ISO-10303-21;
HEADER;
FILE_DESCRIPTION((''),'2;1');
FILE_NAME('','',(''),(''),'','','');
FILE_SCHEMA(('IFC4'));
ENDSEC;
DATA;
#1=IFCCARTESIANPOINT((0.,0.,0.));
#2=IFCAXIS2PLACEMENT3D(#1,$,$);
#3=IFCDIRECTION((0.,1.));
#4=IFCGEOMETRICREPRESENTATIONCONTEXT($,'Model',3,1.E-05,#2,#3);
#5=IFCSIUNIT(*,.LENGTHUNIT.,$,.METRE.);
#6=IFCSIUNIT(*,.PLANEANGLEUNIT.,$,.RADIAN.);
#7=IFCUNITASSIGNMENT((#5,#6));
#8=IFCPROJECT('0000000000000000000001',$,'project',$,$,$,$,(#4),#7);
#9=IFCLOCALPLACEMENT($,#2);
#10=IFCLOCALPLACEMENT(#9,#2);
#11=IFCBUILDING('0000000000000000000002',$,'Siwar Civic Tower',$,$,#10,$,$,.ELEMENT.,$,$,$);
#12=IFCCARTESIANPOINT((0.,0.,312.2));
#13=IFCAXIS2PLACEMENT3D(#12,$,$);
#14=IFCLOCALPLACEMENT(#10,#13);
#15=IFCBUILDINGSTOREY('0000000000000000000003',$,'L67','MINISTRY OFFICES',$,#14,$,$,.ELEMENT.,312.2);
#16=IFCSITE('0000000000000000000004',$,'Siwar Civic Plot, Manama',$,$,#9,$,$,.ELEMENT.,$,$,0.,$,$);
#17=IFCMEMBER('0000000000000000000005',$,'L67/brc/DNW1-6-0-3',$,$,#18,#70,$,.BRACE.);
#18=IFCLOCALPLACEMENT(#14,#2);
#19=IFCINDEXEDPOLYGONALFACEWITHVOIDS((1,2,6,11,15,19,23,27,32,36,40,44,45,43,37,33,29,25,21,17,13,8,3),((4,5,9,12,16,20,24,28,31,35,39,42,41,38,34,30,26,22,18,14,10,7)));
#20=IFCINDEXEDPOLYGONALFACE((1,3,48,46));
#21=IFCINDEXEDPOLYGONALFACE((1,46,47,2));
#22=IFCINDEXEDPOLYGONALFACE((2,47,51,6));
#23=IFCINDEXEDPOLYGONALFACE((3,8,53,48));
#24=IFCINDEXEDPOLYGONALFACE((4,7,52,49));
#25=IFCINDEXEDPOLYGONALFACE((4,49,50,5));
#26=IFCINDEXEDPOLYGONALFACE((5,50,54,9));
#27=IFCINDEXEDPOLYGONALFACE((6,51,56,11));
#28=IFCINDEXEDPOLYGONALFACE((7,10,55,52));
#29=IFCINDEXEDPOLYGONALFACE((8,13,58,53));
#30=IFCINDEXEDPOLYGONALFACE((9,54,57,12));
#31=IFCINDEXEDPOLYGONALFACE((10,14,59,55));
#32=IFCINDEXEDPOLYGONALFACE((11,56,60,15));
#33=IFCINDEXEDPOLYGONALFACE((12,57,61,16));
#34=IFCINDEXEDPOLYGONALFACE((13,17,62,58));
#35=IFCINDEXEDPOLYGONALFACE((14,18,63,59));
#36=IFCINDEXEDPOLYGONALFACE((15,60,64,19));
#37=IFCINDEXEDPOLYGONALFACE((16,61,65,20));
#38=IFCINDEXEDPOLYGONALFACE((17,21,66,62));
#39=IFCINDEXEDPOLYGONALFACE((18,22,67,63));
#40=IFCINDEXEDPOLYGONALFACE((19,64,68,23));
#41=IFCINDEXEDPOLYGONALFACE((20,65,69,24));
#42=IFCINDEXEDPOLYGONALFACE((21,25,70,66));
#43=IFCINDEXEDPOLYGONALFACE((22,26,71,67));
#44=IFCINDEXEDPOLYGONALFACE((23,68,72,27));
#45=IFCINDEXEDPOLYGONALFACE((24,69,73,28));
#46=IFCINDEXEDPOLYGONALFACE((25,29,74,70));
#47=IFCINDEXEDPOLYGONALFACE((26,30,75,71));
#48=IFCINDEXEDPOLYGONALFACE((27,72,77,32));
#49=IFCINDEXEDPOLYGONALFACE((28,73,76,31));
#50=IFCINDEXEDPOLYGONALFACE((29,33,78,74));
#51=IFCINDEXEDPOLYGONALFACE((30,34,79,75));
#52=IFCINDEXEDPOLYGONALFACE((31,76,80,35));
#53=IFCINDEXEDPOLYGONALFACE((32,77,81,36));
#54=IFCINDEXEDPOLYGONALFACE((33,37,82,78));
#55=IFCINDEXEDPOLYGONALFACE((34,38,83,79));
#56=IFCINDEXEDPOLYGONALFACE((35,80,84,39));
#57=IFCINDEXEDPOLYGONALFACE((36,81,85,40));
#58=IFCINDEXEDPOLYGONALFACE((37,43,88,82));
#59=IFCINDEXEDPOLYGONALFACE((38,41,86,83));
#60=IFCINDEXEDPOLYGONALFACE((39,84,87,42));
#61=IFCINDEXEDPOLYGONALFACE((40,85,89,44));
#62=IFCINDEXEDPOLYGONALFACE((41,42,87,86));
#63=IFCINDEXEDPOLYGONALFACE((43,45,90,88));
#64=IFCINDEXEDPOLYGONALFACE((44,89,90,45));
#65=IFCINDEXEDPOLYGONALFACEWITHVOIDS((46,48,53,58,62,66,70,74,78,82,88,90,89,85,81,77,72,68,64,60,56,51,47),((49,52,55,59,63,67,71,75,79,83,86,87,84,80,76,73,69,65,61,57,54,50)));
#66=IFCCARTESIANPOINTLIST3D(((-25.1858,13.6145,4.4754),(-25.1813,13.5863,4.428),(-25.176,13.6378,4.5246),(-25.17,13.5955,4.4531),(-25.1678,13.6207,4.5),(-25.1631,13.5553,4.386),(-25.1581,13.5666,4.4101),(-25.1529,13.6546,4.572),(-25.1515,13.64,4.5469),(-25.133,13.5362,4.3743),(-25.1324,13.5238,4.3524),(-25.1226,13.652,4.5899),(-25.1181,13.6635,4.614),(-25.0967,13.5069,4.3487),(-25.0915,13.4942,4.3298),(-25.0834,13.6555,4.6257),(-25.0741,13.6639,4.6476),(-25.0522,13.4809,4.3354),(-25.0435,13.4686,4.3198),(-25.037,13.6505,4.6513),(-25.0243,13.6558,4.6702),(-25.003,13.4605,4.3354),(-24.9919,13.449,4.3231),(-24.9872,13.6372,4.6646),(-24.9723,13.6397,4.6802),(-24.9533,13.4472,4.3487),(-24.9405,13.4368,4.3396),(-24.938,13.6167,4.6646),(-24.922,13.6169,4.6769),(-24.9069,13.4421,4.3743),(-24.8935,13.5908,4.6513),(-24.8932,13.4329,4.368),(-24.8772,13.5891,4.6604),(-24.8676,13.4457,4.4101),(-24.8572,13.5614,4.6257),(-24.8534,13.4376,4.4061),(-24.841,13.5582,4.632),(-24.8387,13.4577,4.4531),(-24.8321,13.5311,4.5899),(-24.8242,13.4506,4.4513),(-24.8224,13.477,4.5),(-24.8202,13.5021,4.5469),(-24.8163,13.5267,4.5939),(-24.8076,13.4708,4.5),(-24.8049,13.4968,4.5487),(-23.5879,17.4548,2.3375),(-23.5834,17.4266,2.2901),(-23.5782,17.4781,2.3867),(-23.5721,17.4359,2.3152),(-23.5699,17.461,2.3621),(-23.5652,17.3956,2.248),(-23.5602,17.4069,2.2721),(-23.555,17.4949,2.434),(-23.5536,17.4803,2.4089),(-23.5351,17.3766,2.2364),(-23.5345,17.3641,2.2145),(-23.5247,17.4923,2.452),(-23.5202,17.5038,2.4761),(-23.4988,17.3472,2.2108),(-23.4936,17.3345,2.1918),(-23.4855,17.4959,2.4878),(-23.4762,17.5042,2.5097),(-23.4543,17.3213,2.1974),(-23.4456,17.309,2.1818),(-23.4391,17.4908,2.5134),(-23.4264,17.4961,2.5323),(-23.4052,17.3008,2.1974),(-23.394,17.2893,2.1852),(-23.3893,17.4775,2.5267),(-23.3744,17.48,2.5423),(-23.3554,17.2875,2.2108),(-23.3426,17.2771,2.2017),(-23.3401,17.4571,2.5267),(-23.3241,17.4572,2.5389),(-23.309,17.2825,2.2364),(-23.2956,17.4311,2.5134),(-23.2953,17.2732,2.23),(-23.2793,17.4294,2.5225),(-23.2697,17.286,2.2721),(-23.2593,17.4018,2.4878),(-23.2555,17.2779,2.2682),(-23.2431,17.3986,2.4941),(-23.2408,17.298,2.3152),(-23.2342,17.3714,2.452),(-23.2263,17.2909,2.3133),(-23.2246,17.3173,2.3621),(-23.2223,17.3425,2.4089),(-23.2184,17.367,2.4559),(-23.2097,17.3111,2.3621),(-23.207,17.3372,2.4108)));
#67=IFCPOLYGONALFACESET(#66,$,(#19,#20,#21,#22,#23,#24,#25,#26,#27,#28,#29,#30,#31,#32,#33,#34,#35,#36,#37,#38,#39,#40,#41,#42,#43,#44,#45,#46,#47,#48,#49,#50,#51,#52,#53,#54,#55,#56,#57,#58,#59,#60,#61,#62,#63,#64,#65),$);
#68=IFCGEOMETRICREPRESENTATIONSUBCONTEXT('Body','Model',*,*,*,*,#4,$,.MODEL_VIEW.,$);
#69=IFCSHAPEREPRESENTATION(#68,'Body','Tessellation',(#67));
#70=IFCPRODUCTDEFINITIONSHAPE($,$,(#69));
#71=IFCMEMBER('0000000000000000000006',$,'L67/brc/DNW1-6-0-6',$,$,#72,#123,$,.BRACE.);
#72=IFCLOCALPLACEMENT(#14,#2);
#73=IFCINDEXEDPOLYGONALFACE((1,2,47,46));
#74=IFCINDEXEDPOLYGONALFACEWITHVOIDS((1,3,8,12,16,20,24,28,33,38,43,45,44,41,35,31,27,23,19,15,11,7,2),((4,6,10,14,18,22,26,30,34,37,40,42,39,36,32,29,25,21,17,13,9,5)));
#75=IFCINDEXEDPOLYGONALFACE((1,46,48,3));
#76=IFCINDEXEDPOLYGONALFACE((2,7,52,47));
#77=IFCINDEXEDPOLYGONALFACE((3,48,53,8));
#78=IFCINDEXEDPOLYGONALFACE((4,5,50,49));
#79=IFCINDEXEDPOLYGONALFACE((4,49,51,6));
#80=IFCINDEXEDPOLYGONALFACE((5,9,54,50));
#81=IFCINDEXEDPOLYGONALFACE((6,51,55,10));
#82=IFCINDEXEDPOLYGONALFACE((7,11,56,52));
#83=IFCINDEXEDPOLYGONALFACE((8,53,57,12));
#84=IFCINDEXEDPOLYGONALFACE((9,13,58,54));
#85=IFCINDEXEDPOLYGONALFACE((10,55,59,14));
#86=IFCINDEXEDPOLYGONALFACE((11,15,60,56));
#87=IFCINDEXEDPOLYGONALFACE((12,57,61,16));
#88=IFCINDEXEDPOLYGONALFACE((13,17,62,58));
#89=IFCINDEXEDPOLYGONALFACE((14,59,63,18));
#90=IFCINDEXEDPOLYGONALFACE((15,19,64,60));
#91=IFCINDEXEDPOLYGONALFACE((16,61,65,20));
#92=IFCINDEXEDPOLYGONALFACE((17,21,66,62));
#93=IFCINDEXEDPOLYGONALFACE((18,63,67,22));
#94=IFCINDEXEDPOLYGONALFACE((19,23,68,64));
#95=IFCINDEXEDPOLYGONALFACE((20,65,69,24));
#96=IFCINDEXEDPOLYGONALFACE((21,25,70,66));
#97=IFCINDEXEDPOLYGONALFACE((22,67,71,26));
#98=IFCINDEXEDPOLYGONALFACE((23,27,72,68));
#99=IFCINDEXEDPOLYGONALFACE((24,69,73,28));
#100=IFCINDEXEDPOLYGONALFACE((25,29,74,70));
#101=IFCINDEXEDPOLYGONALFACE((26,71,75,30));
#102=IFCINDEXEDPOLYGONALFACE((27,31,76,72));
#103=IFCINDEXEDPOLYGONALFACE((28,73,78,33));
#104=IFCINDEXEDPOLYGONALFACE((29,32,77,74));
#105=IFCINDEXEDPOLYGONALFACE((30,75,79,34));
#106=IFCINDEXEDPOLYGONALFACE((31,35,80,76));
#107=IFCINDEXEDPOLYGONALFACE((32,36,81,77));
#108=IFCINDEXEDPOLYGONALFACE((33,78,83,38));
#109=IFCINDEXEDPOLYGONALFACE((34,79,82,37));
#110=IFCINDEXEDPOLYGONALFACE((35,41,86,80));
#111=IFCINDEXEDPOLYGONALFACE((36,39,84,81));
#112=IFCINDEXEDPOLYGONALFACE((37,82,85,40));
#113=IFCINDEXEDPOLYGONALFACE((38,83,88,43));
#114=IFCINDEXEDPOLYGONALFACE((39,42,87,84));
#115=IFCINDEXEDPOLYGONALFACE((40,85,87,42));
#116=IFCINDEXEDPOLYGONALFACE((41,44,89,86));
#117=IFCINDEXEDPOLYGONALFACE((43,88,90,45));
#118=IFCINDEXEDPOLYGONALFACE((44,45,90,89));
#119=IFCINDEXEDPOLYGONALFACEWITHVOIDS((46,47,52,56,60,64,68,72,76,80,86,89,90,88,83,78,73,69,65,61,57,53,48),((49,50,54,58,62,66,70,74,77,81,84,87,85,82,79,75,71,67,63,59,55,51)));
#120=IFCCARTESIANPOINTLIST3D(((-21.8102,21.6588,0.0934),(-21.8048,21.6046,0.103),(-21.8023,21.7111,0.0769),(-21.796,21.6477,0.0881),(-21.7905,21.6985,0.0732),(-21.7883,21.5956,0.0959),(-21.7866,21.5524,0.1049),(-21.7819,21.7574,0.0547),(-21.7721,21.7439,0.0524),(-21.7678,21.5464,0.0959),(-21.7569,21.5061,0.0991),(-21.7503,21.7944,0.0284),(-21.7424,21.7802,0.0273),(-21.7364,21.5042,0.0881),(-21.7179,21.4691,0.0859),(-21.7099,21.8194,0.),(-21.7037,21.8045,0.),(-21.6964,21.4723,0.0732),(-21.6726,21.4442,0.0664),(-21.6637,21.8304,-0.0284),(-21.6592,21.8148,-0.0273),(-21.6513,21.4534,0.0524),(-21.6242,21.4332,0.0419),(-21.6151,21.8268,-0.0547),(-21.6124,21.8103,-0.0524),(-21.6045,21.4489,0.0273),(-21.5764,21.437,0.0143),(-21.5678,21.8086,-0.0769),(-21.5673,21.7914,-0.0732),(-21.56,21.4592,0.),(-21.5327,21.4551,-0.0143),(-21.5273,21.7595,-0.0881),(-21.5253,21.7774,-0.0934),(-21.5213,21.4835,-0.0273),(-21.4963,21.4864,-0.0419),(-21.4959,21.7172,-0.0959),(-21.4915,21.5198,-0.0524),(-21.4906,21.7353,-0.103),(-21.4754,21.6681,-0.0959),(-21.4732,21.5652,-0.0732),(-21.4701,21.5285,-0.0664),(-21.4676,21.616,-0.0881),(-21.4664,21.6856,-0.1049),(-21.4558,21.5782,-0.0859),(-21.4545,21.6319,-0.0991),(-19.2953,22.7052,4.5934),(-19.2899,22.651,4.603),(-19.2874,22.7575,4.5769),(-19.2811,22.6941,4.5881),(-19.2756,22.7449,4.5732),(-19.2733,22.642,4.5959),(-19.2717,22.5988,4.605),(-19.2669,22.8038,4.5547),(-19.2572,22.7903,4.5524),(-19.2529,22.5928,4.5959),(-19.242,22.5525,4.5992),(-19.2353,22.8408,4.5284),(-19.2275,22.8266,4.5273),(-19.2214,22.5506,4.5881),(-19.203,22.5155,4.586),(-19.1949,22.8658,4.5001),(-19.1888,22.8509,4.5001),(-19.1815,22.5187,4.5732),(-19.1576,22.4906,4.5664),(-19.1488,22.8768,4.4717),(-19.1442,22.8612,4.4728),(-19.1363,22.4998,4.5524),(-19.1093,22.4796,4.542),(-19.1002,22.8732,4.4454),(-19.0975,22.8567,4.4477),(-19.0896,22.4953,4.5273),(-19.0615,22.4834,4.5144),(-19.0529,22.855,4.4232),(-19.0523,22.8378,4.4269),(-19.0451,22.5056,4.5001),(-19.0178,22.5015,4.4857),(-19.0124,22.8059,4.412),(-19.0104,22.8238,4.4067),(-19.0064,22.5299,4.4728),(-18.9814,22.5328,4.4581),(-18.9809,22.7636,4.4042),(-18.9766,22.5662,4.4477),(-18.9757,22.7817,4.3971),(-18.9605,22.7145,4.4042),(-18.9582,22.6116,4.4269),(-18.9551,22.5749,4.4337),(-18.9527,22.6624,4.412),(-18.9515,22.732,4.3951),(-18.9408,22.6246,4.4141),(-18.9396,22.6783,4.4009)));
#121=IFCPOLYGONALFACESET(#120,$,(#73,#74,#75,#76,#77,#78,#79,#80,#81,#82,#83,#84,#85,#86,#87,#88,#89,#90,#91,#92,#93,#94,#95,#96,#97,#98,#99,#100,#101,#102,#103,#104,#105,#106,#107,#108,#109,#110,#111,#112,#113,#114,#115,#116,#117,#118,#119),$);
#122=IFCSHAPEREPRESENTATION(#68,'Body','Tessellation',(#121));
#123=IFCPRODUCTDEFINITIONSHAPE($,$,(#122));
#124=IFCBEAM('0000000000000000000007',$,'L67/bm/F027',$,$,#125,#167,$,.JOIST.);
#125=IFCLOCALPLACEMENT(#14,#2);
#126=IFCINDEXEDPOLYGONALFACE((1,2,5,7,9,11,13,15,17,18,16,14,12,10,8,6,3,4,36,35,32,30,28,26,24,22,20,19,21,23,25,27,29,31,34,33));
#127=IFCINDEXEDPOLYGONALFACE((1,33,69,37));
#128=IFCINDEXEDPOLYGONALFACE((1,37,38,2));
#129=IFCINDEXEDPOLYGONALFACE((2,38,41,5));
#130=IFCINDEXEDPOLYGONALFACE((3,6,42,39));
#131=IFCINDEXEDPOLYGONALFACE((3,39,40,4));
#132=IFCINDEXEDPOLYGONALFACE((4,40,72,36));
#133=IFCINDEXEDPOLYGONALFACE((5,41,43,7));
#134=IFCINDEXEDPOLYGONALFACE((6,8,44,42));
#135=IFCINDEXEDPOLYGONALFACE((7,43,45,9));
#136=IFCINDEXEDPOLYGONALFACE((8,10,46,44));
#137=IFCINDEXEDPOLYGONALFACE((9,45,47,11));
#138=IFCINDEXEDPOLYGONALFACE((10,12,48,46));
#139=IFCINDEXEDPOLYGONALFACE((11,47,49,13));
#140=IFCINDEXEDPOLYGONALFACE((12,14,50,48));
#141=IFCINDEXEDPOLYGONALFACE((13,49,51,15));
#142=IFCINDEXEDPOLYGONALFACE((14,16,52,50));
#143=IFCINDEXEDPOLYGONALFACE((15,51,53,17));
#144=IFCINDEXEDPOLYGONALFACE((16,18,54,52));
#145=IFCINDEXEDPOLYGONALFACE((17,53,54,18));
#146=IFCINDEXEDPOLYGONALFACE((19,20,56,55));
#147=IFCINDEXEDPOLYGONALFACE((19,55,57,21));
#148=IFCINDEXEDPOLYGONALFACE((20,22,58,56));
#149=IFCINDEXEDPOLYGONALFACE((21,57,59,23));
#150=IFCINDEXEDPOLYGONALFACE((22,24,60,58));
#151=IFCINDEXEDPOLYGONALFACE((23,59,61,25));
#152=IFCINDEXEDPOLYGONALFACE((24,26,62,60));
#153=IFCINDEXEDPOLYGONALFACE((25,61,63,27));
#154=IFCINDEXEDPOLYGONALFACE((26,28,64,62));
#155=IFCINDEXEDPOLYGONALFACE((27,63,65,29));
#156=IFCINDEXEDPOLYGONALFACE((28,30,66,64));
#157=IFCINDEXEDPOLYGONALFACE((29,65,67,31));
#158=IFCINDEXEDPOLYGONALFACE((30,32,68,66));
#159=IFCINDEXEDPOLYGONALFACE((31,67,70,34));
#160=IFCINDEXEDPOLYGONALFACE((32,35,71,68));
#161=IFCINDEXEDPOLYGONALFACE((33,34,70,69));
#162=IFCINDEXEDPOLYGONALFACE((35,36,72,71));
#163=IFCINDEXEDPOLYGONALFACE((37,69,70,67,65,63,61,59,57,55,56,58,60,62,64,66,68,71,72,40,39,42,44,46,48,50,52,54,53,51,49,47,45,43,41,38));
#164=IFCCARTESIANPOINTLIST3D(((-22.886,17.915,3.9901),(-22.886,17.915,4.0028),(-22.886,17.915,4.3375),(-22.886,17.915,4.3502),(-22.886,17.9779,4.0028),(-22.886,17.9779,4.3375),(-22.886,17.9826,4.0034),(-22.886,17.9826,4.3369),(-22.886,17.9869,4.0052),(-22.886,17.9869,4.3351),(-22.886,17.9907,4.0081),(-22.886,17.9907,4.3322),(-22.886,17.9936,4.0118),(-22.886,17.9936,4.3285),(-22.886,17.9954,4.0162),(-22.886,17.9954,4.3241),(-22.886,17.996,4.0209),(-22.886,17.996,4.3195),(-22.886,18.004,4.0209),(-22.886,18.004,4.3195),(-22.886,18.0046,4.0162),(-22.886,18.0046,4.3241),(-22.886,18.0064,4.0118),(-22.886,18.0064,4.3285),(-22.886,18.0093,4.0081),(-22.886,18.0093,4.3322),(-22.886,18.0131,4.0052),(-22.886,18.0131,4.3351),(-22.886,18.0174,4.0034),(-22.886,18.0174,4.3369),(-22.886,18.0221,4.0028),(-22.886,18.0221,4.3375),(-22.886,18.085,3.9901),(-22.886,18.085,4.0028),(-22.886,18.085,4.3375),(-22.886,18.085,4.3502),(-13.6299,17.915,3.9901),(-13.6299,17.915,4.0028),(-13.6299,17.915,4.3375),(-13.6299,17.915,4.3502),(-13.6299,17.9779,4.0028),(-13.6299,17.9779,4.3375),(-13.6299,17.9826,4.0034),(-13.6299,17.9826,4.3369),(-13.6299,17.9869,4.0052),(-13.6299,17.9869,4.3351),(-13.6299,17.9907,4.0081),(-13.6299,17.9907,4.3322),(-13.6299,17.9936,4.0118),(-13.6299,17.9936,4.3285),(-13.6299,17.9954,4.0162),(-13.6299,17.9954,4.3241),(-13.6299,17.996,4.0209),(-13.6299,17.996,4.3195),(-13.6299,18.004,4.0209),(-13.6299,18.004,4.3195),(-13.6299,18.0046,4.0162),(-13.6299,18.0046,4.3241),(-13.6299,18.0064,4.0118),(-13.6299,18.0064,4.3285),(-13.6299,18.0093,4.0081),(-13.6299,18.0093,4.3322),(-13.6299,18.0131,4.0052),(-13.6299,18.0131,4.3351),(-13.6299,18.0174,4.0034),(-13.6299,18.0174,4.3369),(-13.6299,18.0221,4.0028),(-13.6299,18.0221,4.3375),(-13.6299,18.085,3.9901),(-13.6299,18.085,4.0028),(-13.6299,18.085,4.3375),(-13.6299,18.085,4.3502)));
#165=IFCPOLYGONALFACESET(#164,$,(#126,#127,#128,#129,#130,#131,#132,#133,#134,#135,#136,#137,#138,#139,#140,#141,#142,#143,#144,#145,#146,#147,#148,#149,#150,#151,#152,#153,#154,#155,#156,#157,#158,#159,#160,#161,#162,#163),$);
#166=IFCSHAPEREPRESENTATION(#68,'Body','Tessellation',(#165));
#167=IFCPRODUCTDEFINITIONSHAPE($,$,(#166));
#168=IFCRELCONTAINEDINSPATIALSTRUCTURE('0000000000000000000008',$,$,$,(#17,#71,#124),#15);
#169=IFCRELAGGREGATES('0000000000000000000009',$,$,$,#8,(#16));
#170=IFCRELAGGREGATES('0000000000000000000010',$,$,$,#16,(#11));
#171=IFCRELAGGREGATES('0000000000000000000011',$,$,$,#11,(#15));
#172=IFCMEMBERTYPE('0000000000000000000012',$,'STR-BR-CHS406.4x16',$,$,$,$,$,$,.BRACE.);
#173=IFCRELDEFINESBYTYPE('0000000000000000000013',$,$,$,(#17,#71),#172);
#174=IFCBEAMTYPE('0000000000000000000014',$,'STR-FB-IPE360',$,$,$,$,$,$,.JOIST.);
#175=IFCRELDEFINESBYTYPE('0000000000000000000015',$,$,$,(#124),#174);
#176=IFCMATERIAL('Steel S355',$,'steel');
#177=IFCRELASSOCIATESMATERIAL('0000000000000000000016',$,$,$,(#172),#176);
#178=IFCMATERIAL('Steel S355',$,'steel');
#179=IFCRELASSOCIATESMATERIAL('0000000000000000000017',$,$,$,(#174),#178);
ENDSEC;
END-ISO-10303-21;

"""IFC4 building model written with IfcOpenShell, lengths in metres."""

from ifc_helpers import new_model, si_unit, direction, frame, origin, origin_2d, place, context, subcontext, project, spatial, hollow_circle, i_section, extrude, material, material_profile, profile_set, type_object, element, save


model = new_model("IFC4")

# Units and contexts
model_context = context("Model", 3, precision=1e-05, world=origin(), true_north=direction((0.0, 1.0)))
body_context = subcontext(model_context, "Body", "Model", "MODEL_VIEW")
ifc_project = project(units=[si_unit("LENGTHUNIT", "METRE"), si_unit("PLANEANGLEUNIT", "RADIAN")], contexts=[model_context])

# Site, building, storey
site_placement = place(None, origin())
site = spatial("IfcSite", under=ifc_project, at=site_placement, Name="Siwar Civic Plot, Manama", CompositionType="ELEMENT", RefElevation=0.0)
building_placement = place(site_placement, origin())
building = spatial("IfcBuilding", under=site, at=building_placement, Name="Siwar Civic Tower", CompositionType="ELEMENT")
storey_placement = place(building_placement, frame((0.0, 0.0, 312.2)))
storey = spatial("IfcBuildingStorey", under=building, at=storey_placement, Name="L67", Description="MINISTRY OFFICES", CompositionType="ELEMENT", Elevation=312.2)

# Members
ifc_material_1 = material(Name="Steel S355", Category="steel")
ifc_material_profile_1 = material_profile(ifc_material_1, hollow_circle(Radius=0.2031, WallThickness=0.0161, at=origin_2d()), Name="CHS406.4x16")
ifc_profile_set_1 = profile_set([ifc_material_profile_1], Name="Steel S355")
member_type_1 = type_object("IfcMemberType", Name="STR-BR-CHS406.4x16", PredefinedType="BRACE", material=ifc_profile_set_1)
member_1_placement = place(storey_placement, frame((-23.3972, 17.3892, 2.3621), z_axis=(-0.341667, -0.82115, 0.45714), x_axis=(0.923268, -0.384157, 0.0)))
element("IfcMember", 1, at=member_1_placement, inside=storey, type_object=member_type_1, Name="L67/brc/DNW1-6-0-3", PredefinedType="BRACE", context=body_context, shape_type="SweptSolid", body=[
    extrude(hollow_circle(Radius=0.2031, WallThickness=0.0161, at=origin_2d()), origin(), (0.0, 0.0, 1.0), 4.6768),
])
member_2_placement = place(storey_placement, frame((-21.6318, 21.6318, 0.0), z_axis=(0.478099, 0.198926, 0.855482), x_axis=(-0.384151, 0.92327, 0.0)))
element("IfcMember", 2, at=member_2_placement, inside=storey, type_object=member_type_1, Name="L67/brc/DNW1-6-0-6", PredefinedType="BRACE", context=body_context, shape_type="SweptSolid", body=[
    extrude(hollow_circle(Radius=0.2031, WallThickness=0.0161, at=origin_2d()), origin(), (0.0, 0.0, 1.0), 5.2603),
])

# Beam
ifc_material_2 = material(Name="Steel S355", Category="steel")
ifc_material_profile_2 = material_profile(ifc_material_2, i_section(OverallWidth=0.1699, OverallDepth=0.3601, WebThickness=0.0081, FlangeThickness=0.0127, FilletRadius=0.0181, at=origin_2d()), Name="IPE360")
ifc_profile_set_2 = profile_set([ifc_material_profile_2], Name="Steel S355")
beam_type_1 = type_object("IfcBeamType", Name="STR-FB-IPE360", PredefinedType="JOIST", material=ifc_profile_set_2)
beam_1_placement = place(storey_placement, frame((-22.886, 18.0, 4.1702), z_axis=(1.0, 0.0, 0.0), x_axis=(0.0, 1.0, 0.0)))
element("IfcBeam", 3, at=beam_1_placement, inside=storey, type_object=beam_type_1, Name="L67/bm/F027", PredefinedType="JOIST", context=body_context, shape_type="SweptSolid", body=[
    extrude(i_section(OverallWidth=0.1699, OverallDepth=0.3601, WebThickness=0.0081, FlangeThickness=0.0127, FilletRadius=0.0181, at=origin_2d()), origin(), (0.0, 0.0, 1.0), 9.2561),
])

save(model, "model.ifc")
